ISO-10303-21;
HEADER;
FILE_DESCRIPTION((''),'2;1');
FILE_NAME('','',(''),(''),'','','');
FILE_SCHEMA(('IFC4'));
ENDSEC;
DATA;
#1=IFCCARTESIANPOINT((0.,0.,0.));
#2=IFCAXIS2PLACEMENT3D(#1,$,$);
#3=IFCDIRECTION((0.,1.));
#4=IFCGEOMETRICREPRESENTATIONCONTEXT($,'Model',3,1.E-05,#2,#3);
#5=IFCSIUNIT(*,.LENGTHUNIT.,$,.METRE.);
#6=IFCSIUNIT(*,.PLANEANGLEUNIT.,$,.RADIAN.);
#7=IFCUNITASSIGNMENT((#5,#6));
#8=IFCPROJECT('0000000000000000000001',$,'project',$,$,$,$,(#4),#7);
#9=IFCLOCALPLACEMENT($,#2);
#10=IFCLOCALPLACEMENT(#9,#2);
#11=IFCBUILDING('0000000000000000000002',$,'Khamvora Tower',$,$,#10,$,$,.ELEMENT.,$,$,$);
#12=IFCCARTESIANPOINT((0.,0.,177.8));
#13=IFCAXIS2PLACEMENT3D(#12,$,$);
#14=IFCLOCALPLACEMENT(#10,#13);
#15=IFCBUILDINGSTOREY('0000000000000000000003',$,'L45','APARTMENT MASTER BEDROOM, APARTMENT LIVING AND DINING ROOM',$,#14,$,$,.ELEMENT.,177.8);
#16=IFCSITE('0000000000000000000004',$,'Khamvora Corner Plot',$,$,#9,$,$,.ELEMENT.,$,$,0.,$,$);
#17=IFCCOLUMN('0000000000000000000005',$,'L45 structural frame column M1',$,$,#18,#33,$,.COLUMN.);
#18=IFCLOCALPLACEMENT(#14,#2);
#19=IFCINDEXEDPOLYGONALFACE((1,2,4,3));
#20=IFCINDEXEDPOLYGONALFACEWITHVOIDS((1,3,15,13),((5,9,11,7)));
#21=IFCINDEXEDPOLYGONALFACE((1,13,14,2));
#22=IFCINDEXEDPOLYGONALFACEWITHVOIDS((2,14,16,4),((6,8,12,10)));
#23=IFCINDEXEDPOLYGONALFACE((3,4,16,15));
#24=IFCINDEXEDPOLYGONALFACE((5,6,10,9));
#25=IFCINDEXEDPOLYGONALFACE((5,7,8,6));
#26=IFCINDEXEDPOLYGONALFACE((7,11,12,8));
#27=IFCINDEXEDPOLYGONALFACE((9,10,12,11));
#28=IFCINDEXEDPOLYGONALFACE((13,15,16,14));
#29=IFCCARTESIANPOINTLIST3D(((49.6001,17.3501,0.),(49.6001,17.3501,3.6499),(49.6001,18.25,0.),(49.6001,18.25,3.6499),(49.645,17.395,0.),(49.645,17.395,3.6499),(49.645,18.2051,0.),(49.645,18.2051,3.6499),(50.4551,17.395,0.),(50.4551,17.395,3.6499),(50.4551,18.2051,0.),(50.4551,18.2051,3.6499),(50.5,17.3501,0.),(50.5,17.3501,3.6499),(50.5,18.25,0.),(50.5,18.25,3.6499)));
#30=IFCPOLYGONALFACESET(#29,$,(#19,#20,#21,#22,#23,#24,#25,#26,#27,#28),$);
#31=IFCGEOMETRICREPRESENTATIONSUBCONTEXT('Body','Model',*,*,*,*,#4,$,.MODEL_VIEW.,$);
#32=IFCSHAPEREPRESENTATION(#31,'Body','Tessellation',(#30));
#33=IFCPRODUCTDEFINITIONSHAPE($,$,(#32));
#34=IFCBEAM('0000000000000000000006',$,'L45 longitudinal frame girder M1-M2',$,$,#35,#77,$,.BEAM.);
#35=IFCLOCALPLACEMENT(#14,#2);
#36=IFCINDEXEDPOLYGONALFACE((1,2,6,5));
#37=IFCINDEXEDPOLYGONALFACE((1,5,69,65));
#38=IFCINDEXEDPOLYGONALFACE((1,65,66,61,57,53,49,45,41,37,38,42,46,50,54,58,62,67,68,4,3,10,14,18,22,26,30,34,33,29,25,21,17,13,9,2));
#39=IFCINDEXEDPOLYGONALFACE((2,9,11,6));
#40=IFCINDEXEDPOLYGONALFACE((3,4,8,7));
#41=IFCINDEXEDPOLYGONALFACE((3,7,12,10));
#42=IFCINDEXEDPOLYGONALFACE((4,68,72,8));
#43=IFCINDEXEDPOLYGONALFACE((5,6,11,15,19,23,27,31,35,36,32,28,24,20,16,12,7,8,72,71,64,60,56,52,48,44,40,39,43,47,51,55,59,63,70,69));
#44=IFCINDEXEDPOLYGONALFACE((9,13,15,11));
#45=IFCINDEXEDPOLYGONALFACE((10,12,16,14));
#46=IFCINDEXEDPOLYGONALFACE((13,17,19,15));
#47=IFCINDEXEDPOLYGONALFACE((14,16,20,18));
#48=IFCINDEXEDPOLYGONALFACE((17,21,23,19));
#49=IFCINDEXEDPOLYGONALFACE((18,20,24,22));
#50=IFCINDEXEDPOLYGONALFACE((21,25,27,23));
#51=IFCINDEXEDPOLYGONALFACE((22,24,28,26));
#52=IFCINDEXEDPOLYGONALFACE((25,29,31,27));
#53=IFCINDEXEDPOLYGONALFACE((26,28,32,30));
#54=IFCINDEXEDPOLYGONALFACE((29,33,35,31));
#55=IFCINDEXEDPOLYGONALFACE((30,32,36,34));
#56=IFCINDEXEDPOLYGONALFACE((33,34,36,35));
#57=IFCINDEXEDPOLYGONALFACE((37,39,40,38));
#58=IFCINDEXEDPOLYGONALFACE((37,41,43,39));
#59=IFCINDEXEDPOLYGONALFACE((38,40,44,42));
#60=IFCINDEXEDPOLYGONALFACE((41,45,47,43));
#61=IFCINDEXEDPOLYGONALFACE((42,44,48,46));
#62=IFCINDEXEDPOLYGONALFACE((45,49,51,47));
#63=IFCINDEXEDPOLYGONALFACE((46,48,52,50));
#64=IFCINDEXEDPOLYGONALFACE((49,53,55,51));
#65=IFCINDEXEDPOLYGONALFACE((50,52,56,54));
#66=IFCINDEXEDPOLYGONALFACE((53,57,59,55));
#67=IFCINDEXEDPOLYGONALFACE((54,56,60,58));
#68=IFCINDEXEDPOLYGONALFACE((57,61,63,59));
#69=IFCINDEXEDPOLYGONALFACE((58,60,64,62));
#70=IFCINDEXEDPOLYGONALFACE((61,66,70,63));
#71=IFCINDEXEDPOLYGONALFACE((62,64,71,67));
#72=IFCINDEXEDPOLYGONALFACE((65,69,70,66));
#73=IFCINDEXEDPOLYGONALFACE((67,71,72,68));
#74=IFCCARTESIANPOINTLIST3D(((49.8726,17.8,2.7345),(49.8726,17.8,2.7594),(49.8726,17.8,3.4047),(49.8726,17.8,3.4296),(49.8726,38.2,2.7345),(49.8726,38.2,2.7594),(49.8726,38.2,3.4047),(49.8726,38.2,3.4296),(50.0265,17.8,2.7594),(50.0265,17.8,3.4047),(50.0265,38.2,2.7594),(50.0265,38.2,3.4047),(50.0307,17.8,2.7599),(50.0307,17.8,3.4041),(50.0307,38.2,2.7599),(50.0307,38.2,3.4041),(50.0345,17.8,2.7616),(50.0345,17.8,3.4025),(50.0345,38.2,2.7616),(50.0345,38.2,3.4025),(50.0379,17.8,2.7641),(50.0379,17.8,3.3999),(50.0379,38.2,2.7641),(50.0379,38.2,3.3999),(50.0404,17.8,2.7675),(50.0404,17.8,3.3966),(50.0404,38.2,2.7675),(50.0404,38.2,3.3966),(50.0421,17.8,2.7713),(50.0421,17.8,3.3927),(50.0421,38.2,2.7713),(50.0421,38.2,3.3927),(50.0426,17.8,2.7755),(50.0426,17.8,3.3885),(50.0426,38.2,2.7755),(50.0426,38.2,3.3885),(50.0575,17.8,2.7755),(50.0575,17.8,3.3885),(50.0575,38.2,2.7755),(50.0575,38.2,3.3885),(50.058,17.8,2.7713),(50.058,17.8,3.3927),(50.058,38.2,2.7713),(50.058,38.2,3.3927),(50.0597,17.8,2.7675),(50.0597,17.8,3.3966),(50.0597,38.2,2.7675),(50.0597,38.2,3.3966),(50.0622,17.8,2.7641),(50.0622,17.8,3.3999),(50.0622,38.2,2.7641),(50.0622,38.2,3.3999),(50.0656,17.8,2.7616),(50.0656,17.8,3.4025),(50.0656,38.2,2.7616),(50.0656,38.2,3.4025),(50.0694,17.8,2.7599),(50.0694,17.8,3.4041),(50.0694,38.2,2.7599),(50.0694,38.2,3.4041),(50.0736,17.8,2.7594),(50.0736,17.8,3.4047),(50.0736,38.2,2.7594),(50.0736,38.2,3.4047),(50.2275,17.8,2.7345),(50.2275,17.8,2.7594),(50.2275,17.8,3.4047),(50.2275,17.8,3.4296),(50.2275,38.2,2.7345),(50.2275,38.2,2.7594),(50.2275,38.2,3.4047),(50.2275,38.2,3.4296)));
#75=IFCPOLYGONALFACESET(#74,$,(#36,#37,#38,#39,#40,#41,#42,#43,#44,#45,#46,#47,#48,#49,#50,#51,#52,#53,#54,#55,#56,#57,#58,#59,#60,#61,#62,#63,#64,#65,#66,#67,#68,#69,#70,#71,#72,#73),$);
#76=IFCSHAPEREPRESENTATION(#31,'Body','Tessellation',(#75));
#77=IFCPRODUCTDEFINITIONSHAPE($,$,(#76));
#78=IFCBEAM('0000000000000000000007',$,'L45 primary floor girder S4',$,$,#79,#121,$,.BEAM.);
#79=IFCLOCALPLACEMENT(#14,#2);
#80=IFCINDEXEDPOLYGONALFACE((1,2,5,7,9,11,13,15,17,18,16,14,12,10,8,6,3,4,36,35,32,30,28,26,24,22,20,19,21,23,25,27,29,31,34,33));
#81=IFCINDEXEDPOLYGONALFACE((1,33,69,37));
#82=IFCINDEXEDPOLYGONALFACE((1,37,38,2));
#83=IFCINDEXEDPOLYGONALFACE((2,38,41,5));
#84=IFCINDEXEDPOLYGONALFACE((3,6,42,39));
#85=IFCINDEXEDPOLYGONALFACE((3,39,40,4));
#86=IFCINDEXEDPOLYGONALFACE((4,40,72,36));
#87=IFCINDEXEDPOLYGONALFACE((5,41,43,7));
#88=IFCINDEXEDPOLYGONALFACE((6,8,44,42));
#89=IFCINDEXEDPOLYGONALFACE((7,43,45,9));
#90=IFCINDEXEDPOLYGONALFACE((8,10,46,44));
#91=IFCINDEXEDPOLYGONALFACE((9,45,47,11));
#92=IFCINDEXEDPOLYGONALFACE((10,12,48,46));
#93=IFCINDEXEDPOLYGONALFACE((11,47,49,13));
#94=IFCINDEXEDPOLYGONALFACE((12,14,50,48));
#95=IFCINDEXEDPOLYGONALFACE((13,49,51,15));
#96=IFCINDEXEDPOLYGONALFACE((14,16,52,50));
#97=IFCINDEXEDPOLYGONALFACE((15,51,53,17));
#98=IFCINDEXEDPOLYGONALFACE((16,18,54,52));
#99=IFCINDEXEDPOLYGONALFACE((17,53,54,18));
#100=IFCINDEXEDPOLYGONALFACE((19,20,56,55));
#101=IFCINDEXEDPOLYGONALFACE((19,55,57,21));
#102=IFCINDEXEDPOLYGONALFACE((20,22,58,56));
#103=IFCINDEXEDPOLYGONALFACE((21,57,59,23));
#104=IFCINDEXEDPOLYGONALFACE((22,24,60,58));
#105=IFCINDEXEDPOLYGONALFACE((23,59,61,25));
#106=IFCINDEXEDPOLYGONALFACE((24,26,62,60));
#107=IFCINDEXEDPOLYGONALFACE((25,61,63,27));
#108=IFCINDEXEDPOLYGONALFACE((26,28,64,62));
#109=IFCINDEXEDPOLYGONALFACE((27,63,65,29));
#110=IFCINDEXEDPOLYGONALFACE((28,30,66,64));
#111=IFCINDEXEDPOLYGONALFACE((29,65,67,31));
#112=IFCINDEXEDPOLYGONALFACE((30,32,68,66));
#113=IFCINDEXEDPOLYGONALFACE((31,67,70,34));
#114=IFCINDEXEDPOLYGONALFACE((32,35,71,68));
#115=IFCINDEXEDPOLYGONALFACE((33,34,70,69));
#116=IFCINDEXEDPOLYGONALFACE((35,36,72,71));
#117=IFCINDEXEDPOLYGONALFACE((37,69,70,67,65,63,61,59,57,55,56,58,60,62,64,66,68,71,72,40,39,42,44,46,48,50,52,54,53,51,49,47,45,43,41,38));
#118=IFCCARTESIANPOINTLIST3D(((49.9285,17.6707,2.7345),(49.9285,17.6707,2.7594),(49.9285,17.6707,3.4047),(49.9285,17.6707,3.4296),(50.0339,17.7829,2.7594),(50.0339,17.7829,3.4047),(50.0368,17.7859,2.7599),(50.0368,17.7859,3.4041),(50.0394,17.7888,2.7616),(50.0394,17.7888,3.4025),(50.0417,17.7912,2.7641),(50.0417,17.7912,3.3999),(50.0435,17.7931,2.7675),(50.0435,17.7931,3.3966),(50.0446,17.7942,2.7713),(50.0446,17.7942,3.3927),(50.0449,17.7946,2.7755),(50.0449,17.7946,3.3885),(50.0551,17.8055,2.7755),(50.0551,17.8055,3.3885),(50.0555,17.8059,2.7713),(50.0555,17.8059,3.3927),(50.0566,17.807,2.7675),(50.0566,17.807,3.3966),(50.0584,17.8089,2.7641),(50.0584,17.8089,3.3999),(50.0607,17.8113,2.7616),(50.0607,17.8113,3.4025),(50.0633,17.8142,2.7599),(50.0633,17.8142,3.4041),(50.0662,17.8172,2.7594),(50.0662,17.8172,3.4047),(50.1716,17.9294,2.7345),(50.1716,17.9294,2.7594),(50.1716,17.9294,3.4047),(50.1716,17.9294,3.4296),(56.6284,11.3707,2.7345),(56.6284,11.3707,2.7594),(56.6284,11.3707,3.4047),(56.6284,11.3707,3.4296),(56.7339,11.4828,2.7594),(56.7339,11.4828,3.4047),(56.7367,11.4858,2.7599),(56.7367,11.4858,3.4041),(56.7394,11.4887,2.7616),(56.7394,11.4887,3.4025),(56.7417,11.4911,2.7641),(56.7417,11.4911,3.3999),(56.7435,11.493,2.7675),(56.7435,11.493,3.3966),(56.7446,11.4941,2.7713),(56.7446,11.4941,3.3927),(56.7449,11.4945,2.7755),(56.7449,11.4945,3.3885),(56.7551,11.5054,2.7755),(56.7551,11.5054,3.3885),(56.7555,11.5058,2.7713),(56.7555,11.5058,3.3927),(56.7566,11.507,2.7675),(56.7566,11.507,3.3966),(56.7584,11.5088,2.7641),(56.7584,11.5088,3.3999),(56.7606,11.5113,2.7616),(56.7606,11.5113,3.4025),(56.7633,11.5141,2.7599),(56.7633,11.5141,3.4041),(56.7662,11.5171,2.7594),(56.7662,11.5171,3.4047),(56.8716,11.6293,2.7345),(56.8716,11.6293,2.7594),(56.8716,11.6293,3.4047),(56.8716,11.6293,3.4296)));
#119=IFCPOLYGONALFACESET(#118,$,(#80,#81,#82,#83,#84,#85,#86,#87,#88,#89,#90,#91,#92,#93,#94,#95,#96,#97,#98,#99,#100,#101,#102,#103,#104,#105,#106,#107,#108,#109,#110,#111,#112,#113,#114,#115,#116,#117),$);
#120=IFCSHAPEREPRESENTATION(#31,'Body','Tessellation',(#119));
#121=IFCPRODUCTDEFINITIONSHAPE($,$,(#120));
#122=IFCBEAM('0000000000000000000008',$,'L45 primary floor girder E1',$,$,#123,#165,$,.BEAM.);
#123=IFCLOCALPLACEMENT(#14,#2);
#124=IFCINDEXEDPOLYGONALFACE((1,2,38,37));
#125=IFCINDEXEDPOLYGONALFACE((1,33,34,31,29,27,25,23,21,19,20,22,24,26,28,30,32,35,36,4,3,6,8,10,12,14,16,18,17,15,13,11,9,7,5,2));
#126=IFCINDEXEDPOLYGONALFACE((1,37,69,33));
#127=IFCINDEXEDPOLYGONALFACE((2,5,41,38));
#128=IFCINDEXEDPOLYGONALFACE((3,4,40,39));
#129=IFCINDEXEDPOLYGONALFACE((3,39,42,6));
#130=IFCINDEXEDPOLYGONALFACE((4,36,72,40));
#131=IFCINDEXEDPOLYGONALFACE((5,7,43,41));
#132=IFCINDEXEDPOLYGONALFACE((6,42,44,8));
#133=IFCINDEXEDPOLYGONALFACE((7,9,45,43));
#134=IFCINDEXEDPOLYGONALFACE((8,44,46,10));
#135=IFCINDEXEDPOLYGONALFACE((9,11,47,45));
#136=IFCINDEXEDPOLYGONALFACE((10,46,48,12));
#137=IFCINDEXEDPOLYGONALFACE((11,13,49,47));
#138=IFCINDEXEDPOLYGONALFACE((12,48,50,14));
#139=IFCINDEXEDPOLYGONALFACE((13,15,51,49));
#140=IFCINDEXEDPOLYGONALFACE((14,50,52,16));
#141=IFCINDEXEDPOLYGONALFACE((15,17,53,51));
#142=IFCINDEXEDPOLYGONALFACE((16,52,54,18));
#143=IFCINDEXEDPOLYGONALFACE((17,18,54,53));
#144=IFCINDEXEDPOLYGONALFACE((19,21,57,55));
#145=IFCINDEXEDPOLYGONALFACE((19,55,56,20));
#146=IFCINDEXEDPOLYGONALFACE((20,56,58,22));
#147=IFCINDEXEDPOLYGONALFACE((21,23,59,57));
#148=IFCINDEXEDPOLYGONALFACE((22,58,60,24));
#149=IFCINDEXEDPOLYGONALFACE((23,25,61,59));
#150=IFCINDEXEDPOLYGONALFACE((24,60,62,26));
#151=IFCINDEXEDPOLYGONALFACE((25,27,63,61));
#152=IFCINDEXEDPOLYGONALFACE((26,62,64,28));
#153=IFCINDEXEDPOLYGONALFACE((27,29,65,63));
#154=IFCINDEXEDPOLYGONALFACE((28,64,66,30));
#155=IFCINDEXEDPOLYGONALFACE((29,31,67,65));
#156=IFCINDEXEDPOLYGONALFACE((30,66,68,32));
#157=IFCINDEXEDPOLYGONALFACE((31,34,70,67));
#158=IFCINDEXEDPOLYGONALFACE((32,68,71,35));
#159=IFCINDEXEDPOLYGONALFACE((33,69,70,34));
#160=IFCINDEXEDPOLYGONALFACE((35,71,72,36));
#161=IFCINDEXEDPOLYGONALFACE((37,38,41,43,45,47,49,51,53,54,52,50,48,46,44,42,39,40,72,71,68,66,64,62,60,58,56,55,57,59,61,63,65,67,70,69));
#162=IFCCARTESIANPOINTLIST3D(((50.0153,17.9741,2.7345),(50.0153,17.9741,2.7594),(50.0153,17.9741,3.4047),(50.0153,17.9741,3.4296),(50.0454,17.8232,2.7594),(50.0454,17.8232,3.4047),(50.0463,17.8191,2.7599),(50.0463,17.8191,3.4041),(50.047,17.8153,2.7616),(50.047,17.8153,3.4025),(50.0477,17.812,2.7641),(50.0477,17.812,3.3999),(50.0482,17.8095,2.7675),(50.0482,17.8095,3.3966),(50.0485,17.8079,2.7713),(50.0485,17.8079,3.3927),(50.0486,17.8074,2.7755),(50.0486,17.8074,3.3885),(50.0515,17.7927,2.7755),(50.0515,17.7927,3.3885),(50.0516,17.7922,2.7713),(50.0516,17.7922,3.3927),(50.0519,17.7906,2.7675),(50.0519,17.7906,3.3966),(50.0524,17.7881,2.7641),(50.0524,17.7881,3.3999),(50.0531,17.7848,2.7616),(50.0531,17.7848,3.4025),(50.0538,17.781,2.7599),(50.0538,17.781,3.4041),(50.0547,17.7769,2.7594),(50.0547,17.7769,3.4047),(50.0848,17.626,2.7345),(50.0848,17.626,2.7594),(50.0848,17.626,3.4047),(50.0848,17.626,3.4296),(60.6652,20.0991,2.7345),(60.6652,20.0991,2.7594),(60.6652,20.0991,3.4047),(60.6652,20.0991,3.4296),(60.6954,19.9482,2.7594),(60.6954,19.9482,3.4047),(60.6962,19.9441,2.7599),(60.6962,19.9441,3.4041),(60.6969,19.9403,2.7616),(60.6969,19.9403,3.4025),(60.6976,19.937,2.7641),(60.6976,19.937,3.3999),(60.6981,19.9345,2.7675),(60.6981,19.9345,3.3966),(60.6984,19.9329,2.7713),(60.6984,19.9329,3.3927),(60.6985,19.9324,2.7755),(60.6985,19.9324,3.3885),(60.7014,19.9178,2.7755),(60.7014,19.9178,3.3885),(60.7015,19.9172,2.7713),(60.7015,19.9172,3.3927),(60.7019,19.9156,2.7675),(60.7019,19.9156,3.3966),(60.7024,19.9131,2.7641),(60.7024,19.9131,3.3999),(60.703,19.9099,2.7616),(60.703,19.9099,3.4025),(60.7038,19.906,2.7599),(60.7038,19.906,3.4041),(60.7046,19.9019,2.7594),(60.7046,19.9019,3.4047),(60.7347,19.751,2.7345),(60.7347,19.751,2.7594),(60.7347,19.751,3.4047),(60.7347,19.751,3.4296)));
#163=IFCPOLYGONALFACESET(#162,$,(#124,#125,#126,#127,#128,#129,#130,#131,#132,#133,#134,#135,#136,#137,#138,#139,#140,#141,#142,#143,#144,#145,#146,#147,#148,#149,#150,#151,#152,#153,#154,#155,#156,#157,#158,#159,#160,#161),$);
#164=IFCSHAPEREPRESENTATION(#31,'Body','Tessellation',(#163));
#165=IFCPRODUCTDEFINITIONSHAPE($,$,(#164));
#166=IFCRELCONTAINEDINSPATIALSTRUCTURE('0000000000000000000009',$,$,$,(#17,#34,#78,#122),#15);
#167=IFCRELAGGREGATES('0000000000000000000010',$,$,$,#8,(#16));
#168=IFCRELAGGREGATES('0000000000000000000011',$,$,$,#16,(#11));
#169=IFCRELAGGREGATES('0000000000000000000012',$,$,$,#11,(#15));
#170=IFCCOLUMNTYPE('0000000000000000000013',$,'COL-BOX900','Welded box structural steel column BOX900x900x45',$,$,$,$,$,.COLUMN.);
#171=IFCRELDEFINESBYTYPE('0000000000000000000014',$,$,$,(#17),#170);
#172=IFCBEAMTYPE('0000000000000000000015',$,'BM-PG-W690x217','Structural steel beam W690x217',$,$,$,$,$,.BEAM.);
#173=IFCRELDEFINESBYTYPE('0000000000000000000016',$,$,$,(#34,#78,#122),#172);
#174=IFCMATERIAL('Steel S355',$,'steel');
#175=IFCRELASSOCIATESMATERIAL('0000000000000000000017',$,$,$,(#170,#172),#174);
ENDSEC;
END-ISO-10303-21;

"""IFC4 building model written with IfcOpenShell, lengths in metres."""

from ifc_helpers import new_model, si_unit, direction, frame, origin, origin_2d, place, context, subcontext, project, spatial, hollow_rectangle, i_section, extrude, material, material_profile, profile_set, type_object, element, save


model = new_model("IFC4")

# Units and contexts
model_context = context("Model", 3, precision=1e-05, world=origin(), true_north=direction((0.0, 1.0)))
body_context = subcontext(model_context, "Body", "Model", "MODEL_VIEW")
ifc_project = project(units=[si_unit("LENGTHUNIT", "METRE"), si_unit("PLANEANGLEUNIT", "RADIAN")], contexts=[model_context])

# Site, building, storey
site_placement = place(None, origin())
site = spatial("IfcSite", under=ifc_project, at=site_placement, Name="Khamvora Corner Plot", CompositionType="ELEMENT", RefElevation=0.0)
building_placement = place(site_placement, origin())
building = spatial("IfcBuilding", under=site, at=building_placement, Name="Khamvora Tower", CompositionType="ELEMENT")
storey_placement = place(building_placement, frame((0.0, 0.0, 177.8)))
storey = spatial("IfcBuildingStorey", under=building, at=storey_placement, Name="L45", Description="APARTMENT MASTER BEDROOM, APARTMENT LIVING AND DINING ROOM", CompositionType="ELEMENT", Elevation=177.8)

# Column
ifc_material_1 = material(Name="Steel S355", Category="steel")
ifc_material_profile_1 = material_profile(ifc_material_1, hollow_rectangle(XDim=0.8999, YDim=0.8999, WallThickness=0.0449, at=origin_2d()), Name="BOX900x900x45")
ifc_profile_set_1 = profile_set([ifc_material_profile_1], Name="Steel S355")
column_type = type_object("IfcColumnType", Name="COL-BOX900", Description="Welded box structural steel column BOX900x900x45", PredefinedType="COLUMN", material=ifc_profile_set_1)
column_placement = place(storey_placement, frame((50.05, 17.8, 0.0), z_axis=(0.0, 0.0, 1.0), x_axis=(1.0, 0.0, 0.0)))
element("IfcColumn", 1, at=column_placement, inside=storey, type_object=column_type, Name="L45 structural frame column M1", PredefinedType="COLUMN", context=body_context, shape_type="SweptSolid", body=[
    extrude(hollow_rectangle(XDim=0.8999, YDim=0.8999, WallThickness=0.0449, at=origin_2d()), origin(), (0.0, 0.0, 1.0), 3.6499),
])

# Beams
ifc_material_profile_2 = material_profile(ifc_material_1, i_section(OverallWidth=0.355, OverallDepth=0.6951, WebThickness=0.0149, FlangeThickness=0.0249, FilletRadius=0.0161, at=origin_2d()), Name="W690x217")
ifc_profile_set_2 = profile_set([ifc_material_profile_2], Name="Steel S355")
beam_type = type_object("IfcBeamType", Name="BM-PG-W690x217", Description="Structural steel beam W690x217", PredefinedType="BEAM", material=ifc_profile_set_2)
beam_1_placement = place(storey_placement, frame((50.05, 17.8, 3.082), z_axis=(0.0, 1.0, 0.0), x_axis=(-1.0, 0.0, 0.0)))
element("IfcBeam", 2, at=beam_1_placement, inside=storey, type_object=beam_type, Name="L45 longitudinal frame girder M1-M2", PredefinedType="BEAM", context=body_context, shape_type="SweptSolid", body=[
    extrude(i_section(OverallWidth=0.355, OverallDepth=0.6951, WebThickness=0.0149, FlangeThickness=0.0249, FilletRadius=0.0161, at=origin_2d()), origin(), (0.0, 0.0, 1.0), 20.3999),
])
beam_2_placement = place(storey_placement, frame((50.05, 17.8, 3.082), z_axis=(0.728514, -0.685031, 0.0), x_axis=(0.685031, 0.728514, 0.0)))
element("IfcBeam", 3, at=beam_2_placement, inside=storey, type_object=beam_type, Name="L45 primary floor girder S4", PredefinedType="BEAM", context=body_context, shape_type="SweptSolid", body=[
    extrude(i_section(OverallWidth=0.355, OverallDepth=0.6951, WebThickness=0.0149, FlangeThickness=0.0249, FilletRadius=0.0161, at=origin_2d()), origin(), (0.0, 0.0, 1.0), 9.1968),
])
beam_3_placement = place(storey_placement, frame((50.05, 17.8, 3.082), z_axis=(0.980669, 0.195675, 0.0), x_axis=(-0.195675, 0.980669, 0.0)))
element("IfcBeam", 4, at=beam_3_placement, inside=storey, type_object=beam_type, Name="L45 primary floor girder E1", PredefinedType="BEAM", context=body_context, shape_type="SweptSolid", body=[
    extrude(i_section(OverallWidth=0.355, OverallDepth=0.6951, WebThickness=0.0149, FlangeThickness=0.0249, FilletRadius=0.0161, at=origin_2d()), origin(), (0.0, 0.0, 1.0), 10.8599),
])

save(model, "model.ifc")
